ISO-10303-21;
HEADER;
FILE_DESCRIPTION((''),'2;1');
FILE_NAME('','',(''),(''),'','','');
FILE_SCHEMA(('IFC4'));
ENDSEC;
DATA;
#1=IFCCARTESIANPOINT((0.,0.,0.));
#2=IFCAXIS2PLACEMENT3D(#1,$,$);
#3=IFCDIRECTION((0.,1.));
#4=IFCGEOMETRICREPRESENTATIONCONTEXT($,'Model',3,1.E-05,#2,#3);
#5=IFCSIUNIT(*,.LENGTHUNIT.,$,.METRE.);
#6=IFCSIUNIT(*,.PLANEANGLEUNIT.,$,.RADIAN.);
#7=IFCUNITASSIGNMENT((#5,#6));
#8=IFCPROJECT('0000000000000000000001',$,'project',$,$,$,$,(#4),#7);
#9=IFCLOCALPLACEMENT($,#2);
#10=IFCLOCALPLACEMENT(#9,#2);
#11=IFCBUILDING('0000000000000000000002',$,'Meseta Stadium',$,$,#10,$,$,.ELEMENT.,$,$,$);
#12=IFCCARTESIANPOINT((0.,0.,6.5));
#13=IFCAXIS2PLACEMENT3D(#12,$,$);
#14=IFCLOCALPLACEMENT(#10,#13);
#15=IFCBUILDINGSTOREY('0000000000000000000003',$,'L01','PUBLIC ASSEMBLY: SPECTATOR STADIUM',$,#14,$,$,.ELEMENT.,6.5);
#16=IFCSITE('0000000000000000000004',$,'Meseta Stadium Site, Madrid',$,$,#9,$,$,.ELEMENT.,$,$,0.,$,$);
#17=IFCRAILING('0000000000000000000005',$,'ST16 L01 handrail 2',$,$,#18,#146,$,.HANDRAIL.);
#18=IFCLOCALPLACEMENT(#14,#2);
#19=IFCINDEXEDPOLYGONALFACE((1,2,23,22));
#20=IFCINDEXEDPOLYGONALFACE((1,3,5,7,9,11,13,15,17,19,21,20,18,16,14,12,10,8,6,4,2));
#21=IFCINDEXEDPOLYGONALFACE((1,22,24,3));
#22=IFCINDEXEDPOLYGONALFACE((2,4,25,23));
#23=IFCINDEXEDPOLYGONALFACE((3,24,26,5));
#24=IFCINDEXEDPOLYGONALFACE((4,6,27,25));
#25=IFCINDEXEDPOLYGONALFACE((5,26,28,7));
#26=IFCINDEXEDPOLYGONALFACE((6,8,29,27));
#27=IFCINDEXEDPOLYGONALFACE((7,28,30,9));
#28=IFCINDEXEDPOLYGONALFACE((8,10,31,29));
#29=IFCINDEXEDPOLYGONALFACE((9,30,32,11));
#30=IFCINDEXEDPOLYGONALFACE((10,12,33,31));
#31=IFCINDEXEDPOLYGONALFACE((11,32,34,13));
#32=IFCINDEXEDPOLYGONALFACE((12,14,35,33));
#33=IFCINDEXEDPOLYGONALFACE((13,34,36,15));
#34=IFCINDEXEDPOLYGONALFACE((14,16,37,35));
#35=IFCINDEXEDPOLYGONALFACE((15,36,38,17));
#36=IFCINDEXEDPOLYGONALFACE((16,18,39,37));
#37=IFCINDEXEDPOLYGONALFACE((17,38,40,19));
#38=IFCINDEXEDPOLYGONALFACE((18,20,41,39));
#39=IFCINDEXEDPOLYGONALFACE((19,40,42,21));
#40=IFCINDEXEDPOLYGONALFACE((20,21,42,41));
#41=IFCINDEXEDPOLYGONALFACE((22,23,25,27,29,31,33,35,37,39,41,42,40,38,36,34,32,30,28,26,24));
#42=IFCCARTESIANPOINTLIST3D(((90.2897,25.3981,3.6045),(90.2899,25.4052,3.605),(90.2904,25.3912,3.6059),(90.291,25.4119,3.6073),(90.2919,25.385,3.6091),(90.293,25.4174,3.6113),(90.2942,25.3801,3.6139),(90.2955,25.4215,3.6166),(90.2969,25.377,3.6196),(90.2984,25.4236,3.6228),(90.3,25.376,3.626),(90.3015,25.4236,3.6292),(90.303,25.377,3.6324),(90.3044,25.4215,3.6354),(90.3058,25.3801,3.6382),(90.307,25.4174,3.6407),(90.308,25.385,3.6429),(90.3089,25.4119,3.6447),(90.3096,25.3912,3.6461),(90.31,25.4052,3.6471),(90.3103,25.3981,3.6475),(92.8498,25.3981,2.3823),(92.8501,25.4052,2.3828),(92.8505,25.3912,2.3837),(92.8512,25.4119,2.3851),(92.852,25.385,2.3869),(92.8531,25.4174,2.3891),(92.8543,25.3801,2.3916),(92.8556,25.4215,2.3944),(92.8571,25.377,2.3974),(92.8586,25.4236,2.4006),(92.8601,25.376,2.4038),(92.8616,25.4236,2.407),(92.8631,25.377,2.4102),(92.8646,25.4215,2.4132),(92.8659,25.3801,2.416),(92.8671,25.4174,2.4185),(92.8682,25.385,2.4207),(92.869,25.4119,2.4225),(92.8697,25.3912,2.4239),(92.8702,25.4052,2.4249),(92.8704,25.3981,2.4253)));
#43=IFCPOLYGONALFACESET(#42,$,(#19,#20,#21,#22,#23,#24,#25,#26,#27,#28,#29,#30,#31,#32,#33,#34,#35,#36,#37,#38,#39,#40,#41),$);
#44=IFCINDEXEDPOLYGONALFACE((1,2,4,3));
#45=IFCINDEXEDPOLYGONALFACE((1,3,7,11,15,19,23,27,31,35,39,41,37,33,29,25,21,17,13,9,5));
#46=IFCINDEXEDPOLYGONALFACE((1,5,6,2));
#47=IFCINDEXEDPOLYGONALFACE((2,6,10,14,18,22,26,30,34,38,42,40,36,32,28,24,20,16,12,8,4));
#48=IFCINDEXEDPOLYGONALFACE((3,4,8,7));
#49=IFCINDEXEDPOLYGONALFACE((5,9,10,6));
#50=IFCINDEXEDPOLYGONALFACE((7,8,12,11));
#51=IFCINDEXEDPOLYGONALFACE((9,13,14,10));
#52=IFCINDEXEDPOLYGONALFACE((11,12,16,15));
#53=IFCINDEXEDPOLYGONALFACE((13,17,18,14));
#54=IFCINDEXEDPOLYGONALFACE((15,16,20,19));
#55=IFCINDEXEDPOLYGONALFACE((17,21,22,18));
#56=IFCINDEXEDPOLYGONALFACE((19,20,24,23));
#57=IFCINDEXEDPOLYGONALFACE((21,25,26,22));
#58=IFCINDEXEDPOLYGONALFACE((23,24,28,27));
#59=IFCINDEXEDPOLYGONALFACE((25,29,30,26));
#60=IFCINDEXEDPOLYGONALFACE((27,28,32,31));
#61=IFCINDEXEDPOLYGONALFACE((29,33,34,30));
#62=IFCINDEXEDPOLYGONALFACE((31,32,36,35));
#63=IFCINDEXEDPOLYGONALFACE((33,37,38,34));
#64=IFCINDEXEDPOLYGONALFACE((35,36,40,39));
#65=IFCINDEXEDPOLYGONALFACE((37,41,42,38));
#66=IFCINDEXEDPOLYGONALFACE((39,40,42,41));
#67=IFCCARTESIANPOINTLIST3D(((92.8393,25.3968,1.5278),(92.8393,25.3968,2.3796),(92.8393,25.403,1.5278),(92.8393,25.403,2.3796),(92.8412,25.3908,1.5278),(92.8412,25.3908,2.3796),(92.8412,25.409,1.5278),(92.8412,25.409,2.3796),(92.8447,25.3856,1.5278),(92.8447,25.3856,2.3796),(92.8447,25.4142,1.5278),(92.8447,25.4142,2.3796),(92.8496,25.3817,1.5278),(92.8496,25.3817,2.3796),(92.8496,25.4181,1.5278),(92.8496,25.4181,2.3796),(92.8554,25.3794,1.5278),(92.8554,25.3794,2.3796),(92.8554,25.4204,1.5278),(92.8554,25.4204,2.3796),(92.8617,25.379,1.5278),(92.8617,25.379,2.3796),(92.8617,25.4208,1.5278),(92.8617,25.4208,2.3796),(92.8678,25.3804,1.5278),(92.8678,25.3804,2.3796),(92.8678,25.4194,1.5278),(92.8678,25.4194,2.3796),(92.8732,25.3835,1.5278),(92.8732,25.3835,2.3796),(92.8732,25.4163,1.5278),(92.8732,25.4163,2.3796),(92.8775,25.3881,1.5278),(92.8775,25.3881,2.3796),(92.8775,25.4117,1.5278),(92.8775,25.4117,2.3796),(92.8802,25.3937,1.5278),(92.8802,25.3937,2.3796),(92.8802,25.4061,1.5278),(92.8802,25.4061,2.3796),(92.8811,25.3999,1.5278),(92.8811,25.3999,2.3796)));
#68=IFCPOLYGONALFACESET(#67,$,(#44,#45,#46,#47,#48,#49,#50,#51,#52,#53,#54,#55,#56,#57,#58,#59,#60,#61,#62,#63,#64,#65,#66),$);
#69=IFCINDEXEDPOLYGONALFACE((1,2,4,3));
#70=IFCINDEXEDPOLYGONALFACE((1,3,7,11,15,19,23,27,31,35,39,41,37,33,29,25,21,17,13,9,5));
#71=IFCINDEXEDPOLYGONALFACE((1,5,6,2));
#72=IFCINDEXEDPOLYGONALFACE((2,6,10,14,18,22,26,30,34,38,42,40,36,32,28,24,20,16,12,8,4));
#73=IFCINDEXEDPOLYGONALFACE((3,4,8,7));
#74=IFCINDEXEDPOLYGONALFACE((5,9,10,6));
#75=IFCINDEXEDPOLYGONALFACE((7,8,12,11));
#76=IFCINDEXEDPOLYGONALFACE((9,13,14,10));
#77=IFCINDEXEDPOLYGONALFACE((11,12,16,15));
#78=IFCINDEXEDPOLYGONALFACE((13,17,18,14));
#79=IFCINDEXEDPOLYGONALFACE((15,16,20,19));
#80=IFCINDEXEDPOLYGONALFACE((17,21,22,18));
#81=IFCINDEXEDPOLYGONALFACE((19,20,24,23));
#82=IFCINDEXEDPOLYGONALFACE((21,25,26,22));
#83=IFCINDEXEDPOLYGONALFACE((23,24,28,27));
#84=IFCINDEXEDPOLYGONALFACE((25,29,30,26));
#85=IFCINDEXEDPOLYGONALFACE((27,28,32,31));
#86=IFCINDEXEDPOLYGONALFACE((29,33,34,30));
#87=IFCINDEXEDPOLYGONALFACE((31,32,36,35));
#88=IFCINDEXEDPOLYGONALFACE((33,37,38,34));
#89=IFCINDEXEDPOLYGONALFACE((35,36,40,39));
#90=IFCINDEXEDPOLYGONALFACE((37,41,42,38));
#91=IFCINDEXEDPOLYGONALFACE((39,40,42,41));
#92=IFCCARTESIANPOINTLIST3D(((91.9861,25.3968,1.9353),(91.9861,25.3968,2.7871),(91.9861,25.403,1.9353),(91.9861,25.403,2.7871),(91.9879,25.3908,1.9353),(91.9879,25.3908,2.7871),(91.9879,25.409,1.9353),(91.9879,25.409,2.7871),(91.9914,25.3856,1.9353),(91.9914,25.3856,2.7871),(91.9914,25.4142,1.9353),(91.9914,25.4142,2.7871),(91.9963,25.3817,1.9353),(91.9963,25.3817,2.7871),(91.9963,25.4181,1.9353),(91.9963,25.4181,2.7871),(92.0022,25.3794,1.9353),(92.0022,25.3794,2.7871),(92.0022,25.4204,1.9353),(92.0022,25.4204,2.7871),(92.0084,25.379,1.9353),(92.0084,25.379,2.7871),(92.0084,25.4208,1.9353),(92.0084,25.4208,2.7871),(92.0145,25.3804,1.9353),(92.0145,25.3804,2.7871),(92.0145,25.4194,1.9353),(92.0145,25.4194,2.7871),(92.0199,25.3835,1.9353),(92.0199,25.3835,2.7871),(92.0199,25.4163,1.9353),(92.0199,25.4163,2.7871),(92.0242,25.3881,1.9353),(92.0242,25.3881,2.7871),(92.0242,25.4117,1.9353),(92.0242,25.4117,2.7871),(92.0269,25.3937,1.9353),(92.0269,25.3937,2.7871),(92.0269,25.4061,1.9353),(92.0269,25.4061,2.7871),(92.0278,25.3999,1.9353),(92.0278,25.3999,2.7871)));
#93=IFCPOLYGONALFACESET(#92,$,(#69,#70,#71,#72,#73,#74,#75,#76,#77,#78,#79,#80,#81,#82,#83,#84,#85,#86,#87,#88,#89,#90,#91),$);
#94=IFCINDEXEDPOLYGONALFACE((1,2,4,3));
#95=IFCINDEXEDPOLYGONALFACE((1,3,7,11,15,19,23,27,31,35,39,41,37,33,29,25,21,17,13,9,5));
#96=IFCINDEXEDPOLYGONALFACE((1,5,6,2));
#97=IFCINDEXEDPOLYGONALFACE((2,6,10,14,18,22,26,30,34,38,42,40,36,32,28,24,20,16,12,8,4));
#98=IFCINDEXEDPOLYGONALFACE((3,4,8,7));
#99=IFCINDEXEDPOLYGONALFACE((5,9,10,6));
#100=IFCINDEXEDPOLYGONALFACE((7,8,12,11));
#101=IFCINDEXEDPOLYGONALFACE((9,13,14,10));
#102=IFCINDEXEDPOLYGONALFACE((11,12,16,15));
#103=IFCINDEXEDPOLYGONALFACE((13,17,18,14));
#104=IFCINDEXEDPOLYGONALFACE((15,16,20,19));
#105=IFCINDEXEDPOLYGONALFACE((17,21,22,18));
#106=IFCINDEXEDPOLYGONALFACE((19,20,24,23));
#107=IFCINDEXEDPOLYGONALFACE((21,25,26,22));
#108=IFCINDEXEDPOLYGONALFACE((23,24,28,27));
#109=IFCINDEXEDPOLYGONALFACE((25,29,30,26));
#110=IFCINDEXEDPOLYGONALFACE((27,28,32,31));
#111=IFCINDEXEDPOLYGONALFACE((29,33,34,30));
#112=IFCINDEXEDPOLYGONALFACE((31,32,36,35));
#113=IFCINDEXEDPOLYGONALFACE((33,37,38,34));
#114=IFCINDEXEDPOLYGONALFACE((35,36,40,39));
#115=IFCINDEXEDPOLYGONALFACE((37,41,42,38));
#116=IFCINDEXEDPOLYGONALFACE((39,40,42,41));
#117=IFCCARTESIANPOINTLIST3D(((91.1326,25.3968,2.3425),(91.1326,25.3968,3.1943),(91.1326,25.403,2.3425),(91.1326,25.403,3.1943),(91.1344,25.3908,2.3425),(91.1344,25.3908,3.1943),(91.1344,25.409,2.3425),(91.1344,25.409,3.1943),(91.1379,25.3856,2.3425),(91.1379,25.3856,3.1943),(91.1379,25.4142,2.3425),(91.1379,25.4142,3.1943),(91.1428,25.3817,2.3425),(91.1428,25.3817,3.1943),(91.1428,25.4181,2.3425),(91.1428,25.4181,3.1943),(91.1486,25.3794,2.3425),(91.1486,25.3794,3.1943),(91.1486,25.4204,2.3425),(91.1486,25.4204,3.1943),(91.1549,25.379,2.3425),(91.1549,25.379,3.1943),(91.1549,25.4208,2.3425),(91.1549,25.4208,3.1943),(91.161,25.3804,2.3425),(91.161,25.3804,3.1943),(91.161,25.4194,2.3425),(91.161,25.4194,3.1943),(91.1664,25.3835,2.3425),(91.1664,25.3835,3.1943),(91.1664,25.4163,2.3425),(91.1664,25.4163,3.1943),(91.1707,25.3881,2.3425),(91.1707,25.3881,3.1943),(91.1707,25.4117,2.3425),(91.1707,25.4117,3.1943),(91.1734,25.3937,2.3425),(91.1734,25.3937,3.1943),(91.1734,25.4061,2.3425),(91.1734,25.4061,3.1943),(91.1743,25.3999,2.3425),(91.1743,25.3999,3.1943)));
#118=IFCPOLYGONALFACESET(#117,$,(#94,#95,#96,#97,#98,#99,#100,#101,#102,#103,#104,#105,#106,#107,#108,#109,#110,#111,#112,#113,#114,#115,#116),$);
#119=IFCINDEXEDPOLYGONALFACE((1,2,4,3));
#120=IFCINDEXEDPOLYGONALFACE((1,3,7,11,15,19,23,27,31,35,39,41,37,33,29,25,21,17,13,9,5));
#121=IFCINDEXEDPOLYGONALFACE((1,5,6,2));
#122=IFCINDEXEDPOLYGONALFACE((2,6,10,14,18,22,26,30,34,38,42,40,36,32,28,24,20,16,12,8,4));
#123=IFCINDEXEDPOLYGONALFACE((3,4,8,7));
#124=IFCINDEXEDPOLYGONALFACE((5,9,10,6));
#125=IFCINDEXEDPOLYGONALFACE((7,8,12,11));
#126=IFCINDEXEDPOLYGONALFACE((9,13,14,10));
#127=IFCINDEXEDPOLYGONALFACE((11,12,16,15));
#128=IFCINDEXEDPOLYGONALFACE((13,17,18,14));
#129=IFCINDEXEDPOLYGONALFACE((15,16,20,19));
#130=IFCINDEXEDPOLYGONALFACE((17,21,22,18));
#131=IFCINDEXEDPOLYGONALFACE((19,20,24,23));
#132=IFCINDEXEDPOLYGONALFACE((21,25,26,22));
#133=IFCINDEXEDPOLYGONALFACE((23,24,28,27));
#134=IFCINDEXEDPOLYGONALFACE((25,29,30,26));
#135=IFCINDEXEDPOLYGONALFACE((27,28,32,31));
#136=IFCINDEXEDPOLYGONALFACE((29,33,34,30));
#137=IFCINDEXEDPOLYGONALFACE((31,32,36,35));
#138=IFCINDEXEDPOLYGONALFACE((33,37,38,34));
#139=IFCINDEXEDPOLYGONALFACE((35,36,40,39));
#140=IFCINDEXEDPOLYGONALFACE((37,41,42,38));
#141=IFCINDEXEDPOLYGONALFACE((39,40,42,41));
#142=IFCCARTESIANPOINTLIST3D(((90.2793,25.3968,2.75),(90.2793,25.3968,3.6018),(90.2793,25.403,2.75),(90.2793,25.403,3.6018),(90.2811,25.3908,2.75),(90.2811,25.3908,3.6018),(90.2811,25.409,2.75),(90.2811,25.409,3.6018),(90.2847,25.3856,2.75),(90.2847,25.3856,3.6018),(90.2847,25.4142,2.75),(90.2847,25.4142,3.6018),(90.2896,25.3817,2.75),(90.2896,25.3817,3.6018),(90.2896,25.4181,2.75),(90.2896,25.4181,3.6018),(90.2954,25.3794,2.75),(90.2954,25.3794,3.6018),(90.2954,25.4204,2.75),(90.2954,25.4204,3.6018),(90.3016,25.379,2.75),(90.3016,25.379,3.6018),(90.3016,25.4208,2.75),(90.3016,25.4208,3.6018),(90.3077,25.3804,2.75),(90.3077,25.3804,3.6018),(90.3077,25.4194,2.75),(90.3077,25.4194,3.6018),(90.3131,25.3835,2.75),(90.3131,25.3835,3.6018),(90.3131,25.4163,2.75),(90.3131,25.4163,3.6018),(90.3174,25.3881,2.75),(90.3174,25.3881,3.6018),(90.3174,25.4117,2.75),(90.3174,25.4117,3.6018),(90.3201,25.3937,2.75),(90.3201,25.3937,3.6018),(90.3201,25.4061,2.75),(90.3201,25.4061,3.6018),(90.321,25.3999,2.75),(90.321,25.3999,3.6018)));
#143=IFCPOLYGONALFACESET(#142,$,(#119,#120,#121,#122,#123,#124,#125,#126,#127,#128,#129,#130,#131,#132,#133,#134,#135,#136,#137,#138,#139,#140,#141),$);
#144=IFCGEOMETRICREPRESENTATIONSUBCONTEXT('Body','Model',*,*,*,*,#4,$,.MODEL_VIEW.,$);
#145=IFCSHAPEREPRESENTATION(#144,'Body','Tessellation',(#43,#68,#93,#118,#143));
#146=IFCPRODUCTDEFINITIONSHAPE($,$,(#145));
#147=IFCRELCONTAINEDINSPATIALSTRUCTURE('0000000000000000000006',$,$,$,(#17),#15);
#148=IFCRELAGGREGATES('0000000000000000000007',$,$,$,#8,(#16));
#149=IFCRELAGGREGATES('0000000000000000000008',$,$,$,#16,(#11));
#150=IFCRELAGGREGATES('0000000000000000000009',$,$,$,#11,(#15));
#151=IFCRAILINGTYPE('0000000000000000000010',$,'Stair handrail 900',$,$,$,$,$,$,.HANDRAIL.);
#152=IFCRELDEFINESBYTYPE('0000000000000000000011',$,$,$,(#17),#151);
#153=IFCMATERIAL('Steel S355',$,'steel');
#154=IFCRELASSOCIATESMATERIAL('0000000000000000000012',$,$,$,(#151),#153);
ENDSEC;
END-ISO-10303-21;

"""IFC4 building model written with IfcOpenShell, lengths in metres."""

from ifc_helpers import new_model, si_unit, direction, frame, origin, origin_2d, place, context, subcontext, project, spatial, circle, extrude, material, type_object, element, save


model = new_model("IFC4")

# Units and contexts
model_context = context("Model", 3, precision=1e-05, world=origin(), true_north=direction((0.0, 1.0)))
body_context = subcontext(model_context, "Body", "Model", "MODEL_VIEW")
ifc_project = project(units=[si_unit("LENGTHUNIT", "METRE"), si_unit("PLANEANGLEUNIT", "RADIAN")], contexts=[model_context])

# Site, building, storey
site_placement = place(None, origin())
site = spatial("IfcSite", under=ifc_project, at=site_placement, Name="Meseta Stadium Site, Madrid", CompositionType="ELEMENT", RefElevation=0.0)
building_placement = place(site_placement, origin())
building = spatial("IfcBuilding", under=site, at=building_placement, Name="Meseta Stadium", CompositionType="ELEMENT")
storey_placement = place(building_placement, frame((0.0, 0.0, 6.5)))
storey = spatial("IfcBuildingStorey", under=building, at=storey_placement, Name="L01", Description="PUBLIC ASSEMBLY: SPECTATOR STADIUM", CompositionType="ELEMENT", Elevation=6.5)

# Railing
ifc_material_1 = material(Name="Steel S355", Category="steel")
railing_type = type_object("IfcRailingType", Name="Stair handrail 900", PredefinedType="HANDRAIL", material=ifc_material_1)
for number, where, name in (
    (1, (92.8601, 25.3999, 1.5278), "ST16 L01 handrail 2"),
):
    element("IfcRailing", number, at=place(storey_placement, frame(where)), inside=storey, type_object=railing_type, Name=name, PredefinedType="HANDRAIL", context=body_context, shape_type="SweptSolid", body=[
        extrude(circle(Radius=0.0239, at=origin_2d()), frame((0.0, 0.0, 0.876), z_axis=(-0.902437, 0.0, 0.430822), x_axis=(0.0, -1.0, 0.0)), (0.0, 0.0, 1.0), 2.8369),
        extrude(circle(Radius=0.021, at=origin_2d()), origin(), (0.0, 0.0, 1.0), 0.8518),
        extrude(circle(Radius=0.021, at=origin_2d()), frame((-0.8533, 0.0, 0.4075)), (0.0, 0.0, 1.0), 0.8518),
        extrude(circle(Radius=0.021, at=origin_2d()), frame((-1.7068, 0.0, 0.8147)), (0.0, 0.0, 1.0), 0.8518),
        extrude(circle(Radius=0.021, at=origin_2d()), frame((-2.5601, 0.0, 1.2222)), (0.0, 0.0, 1.0), 0.8518),
    ])

save(model, "model.ifc")
